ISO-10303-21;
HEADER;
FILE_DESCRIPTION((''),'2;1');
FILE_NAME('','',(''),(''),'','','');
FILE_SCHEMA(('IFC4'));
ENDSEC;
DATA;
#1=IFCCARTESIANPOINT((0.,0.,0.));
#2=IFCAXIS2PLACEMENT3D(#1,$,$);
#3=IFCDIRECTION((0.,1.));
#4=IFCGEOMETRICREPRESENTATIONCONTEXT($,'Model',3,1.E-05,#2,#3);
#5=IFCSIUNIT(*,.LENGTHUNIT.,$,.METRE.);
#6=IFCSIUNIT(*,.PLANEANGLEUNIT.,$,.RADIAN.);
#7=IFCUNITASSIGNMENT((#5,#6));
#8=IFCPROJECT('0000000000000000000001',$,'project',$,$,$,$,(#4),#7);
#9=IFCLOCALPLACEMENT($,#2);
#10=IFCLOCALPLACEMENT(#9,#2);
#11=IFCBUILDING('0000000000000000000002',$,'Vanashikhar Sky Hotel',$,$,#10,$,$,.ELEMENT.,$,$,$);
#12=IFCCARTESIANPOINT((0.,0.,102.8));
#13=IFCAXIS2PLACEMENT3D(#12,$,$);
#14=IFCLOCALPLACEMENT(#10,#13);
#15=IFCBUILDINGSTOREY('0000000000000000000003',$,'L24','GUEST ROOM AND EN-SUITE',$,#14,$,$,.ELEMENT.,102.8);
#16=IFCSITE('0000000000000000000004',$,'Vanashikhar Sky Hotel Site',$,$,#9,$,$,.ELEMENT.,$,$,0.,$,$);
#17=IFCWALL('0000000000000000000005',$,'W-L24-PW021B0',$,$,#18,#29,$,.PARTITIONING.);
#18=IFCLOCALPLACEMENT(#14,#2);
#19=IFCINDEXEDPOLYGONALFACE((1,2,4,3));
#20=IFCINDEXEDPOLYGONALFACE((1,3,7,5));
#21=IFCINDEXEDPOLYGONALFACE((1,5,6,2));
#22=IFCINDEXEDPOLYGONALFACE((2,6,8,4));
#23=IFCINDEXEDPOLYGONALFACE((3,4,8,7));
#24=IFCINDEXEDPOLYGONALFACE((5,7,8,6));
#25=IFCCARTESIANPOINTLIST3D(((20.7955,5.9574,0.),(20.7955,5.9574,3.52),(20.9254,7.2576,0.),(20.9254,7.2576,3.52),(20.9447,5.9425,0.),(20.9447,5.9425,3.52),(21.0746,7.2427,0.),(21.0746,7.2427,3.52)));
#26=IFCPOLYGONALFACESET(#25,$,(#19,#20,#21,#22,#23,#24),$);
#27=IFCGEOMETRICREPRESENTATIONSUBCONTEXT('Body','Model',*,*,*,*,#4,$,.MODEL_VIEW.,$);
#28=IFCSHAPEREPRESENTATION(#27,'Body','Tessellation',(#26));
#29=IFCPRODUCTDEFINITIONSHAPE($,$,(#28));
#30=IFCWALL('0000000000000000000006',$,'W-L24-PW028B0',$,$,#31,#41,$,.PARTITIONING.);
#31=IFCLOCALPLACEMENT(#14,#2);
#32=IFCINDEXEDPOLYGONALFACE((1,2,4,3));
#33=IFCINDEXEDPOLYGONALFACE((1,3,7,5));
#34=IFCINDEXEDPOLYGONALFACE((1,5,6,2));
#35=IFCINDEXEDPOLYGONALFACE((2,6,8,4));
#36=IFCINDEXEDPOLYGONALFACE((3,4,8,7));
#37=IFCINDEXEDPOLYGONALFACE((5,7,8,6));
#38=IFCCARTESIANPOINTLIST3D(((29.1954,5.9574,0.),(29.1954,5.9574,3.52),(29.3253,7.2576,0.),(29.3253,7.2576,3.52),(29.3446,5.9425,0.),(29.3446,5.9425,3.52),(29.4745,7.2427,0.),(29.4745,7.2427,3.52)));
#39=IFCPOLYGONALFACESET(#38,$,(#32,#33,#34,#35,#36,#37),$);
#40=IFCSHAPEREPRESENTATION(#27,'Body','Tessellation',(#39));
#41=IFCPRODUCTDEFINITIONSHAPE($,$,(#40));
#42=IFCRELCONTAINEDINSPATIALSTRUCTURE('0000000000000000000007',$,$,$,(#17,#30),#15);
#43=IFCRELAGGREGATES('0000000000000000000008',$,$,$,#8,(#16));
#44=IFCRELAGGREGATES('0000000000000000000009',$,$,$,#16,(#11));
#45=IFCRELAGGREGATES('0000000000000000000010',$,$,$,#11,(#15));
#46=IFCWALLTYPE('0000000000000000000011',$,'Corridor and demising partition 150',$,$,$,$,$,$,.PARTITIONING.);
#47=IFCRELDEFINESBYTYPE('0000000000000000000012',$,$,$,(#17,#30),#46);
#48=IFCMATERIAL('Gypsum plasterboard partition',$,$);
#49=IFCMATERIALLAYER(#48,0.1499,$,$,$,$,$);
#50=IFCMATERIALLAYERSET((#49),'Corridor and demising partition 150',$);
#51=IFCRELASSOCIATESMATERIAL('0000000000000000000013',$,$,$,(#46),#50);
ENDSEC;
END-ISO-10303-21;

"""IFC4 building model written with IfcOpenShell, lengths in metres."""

from ifc_helpers import new_model, si_unit, direction, frame, frame_2d, origin, place, context, subcontext, project, spatial, rectangle, extrude, source, transform, mapped, material, layer, layer_set, type_object, element, save


model = new_model("IFC4")

# Units and contexts
model_context = context("Model", 3, precision=1e-05, world=origin(), true_north=direction((0.0, 1.0)))
body_context = subcontext(model_context, "Body", "Model", "MODEL_VIEW")
ifc_project = project(units=[si_unit("LENGTHUNIT", "METRE"), si_unit("PLANEANGLEUNIT", "RADIAN")], contexts=[model_context])

# Site, building, storey
site_placement = place(None, origin())
site = spatial("IfcSite", under=ifc_project, at=site_placement, Name="Vanashikhar Sky Hotel Site", CompositionType="ELEMENT", RefElevation=0.0)
building_placement = place(site_placement, origin())
building = spatial("IfcBuilding", under=site, at=building_placement, Name="Vanashikhar Sky Hotel", CompositionType="ELEMENT")
storey_placement = place(building_placement, frame((0.0, 0.0, 102.8)))
storey = spatial("IfcBuildingStorey", under=building, at=storey_placement, Name="L24", Description="GUEST ROOM AND EN-SUITE", CompositionType="ELEMENT", Elevation=102.8)

# Shared definitions
ifc_material_1 = material(Name="Gypsum plasterboard partition")

# Walls
ifc_layer_1 = layer(ifc_material_1, 0.1499)
ifc_layer_set_1 = layer_set([ifc_layer_1], Name="Corridor and demising partition 150")
wall_type_1 = type_object("IfcWallType", Name="Corridor and demising partition 150", PredefinedType="PARTITIONING", material=ifc_layer_set_1)
shared_shape_1 = source(origin(), body_context, "Body", "SweptSolid", [
    extrude(rectangle(XDim=1.3066, YDim=0.1499, at=frame_2d((0.6533, 0.0))), origin(), (0.0, 0.0, 1.0), 3.52),
])
for number, where, z_axis, x_axis, name in (
    (1, (20.8701, 5.95, 0.0), (0.0, 0.0, 1.0), (0.099411, 0.995046, 0.0), "W-L24-PW021B0"),
    (2, (29.27, 5.95, 0.0), (0.0, 0.0, 1.0), (0.099411, 0.995046, 0.0), "W-L24-PW028B0"),
):
    element("IfcWall", number, at=place(storey_placement, frame(where, z_axis=z_axis, x_axis=x_axis)), inside=storey, type_object=wall_type_1, Name=name, PredefinedType="PARTITIONING", context=body_context, shape_type="MappedRepresentation", body=[
        mapped(shared_shape_1, transform((0.0, 0.0, 0.0), scale=1.0)),
    ])

save(model, "model.ifc")
